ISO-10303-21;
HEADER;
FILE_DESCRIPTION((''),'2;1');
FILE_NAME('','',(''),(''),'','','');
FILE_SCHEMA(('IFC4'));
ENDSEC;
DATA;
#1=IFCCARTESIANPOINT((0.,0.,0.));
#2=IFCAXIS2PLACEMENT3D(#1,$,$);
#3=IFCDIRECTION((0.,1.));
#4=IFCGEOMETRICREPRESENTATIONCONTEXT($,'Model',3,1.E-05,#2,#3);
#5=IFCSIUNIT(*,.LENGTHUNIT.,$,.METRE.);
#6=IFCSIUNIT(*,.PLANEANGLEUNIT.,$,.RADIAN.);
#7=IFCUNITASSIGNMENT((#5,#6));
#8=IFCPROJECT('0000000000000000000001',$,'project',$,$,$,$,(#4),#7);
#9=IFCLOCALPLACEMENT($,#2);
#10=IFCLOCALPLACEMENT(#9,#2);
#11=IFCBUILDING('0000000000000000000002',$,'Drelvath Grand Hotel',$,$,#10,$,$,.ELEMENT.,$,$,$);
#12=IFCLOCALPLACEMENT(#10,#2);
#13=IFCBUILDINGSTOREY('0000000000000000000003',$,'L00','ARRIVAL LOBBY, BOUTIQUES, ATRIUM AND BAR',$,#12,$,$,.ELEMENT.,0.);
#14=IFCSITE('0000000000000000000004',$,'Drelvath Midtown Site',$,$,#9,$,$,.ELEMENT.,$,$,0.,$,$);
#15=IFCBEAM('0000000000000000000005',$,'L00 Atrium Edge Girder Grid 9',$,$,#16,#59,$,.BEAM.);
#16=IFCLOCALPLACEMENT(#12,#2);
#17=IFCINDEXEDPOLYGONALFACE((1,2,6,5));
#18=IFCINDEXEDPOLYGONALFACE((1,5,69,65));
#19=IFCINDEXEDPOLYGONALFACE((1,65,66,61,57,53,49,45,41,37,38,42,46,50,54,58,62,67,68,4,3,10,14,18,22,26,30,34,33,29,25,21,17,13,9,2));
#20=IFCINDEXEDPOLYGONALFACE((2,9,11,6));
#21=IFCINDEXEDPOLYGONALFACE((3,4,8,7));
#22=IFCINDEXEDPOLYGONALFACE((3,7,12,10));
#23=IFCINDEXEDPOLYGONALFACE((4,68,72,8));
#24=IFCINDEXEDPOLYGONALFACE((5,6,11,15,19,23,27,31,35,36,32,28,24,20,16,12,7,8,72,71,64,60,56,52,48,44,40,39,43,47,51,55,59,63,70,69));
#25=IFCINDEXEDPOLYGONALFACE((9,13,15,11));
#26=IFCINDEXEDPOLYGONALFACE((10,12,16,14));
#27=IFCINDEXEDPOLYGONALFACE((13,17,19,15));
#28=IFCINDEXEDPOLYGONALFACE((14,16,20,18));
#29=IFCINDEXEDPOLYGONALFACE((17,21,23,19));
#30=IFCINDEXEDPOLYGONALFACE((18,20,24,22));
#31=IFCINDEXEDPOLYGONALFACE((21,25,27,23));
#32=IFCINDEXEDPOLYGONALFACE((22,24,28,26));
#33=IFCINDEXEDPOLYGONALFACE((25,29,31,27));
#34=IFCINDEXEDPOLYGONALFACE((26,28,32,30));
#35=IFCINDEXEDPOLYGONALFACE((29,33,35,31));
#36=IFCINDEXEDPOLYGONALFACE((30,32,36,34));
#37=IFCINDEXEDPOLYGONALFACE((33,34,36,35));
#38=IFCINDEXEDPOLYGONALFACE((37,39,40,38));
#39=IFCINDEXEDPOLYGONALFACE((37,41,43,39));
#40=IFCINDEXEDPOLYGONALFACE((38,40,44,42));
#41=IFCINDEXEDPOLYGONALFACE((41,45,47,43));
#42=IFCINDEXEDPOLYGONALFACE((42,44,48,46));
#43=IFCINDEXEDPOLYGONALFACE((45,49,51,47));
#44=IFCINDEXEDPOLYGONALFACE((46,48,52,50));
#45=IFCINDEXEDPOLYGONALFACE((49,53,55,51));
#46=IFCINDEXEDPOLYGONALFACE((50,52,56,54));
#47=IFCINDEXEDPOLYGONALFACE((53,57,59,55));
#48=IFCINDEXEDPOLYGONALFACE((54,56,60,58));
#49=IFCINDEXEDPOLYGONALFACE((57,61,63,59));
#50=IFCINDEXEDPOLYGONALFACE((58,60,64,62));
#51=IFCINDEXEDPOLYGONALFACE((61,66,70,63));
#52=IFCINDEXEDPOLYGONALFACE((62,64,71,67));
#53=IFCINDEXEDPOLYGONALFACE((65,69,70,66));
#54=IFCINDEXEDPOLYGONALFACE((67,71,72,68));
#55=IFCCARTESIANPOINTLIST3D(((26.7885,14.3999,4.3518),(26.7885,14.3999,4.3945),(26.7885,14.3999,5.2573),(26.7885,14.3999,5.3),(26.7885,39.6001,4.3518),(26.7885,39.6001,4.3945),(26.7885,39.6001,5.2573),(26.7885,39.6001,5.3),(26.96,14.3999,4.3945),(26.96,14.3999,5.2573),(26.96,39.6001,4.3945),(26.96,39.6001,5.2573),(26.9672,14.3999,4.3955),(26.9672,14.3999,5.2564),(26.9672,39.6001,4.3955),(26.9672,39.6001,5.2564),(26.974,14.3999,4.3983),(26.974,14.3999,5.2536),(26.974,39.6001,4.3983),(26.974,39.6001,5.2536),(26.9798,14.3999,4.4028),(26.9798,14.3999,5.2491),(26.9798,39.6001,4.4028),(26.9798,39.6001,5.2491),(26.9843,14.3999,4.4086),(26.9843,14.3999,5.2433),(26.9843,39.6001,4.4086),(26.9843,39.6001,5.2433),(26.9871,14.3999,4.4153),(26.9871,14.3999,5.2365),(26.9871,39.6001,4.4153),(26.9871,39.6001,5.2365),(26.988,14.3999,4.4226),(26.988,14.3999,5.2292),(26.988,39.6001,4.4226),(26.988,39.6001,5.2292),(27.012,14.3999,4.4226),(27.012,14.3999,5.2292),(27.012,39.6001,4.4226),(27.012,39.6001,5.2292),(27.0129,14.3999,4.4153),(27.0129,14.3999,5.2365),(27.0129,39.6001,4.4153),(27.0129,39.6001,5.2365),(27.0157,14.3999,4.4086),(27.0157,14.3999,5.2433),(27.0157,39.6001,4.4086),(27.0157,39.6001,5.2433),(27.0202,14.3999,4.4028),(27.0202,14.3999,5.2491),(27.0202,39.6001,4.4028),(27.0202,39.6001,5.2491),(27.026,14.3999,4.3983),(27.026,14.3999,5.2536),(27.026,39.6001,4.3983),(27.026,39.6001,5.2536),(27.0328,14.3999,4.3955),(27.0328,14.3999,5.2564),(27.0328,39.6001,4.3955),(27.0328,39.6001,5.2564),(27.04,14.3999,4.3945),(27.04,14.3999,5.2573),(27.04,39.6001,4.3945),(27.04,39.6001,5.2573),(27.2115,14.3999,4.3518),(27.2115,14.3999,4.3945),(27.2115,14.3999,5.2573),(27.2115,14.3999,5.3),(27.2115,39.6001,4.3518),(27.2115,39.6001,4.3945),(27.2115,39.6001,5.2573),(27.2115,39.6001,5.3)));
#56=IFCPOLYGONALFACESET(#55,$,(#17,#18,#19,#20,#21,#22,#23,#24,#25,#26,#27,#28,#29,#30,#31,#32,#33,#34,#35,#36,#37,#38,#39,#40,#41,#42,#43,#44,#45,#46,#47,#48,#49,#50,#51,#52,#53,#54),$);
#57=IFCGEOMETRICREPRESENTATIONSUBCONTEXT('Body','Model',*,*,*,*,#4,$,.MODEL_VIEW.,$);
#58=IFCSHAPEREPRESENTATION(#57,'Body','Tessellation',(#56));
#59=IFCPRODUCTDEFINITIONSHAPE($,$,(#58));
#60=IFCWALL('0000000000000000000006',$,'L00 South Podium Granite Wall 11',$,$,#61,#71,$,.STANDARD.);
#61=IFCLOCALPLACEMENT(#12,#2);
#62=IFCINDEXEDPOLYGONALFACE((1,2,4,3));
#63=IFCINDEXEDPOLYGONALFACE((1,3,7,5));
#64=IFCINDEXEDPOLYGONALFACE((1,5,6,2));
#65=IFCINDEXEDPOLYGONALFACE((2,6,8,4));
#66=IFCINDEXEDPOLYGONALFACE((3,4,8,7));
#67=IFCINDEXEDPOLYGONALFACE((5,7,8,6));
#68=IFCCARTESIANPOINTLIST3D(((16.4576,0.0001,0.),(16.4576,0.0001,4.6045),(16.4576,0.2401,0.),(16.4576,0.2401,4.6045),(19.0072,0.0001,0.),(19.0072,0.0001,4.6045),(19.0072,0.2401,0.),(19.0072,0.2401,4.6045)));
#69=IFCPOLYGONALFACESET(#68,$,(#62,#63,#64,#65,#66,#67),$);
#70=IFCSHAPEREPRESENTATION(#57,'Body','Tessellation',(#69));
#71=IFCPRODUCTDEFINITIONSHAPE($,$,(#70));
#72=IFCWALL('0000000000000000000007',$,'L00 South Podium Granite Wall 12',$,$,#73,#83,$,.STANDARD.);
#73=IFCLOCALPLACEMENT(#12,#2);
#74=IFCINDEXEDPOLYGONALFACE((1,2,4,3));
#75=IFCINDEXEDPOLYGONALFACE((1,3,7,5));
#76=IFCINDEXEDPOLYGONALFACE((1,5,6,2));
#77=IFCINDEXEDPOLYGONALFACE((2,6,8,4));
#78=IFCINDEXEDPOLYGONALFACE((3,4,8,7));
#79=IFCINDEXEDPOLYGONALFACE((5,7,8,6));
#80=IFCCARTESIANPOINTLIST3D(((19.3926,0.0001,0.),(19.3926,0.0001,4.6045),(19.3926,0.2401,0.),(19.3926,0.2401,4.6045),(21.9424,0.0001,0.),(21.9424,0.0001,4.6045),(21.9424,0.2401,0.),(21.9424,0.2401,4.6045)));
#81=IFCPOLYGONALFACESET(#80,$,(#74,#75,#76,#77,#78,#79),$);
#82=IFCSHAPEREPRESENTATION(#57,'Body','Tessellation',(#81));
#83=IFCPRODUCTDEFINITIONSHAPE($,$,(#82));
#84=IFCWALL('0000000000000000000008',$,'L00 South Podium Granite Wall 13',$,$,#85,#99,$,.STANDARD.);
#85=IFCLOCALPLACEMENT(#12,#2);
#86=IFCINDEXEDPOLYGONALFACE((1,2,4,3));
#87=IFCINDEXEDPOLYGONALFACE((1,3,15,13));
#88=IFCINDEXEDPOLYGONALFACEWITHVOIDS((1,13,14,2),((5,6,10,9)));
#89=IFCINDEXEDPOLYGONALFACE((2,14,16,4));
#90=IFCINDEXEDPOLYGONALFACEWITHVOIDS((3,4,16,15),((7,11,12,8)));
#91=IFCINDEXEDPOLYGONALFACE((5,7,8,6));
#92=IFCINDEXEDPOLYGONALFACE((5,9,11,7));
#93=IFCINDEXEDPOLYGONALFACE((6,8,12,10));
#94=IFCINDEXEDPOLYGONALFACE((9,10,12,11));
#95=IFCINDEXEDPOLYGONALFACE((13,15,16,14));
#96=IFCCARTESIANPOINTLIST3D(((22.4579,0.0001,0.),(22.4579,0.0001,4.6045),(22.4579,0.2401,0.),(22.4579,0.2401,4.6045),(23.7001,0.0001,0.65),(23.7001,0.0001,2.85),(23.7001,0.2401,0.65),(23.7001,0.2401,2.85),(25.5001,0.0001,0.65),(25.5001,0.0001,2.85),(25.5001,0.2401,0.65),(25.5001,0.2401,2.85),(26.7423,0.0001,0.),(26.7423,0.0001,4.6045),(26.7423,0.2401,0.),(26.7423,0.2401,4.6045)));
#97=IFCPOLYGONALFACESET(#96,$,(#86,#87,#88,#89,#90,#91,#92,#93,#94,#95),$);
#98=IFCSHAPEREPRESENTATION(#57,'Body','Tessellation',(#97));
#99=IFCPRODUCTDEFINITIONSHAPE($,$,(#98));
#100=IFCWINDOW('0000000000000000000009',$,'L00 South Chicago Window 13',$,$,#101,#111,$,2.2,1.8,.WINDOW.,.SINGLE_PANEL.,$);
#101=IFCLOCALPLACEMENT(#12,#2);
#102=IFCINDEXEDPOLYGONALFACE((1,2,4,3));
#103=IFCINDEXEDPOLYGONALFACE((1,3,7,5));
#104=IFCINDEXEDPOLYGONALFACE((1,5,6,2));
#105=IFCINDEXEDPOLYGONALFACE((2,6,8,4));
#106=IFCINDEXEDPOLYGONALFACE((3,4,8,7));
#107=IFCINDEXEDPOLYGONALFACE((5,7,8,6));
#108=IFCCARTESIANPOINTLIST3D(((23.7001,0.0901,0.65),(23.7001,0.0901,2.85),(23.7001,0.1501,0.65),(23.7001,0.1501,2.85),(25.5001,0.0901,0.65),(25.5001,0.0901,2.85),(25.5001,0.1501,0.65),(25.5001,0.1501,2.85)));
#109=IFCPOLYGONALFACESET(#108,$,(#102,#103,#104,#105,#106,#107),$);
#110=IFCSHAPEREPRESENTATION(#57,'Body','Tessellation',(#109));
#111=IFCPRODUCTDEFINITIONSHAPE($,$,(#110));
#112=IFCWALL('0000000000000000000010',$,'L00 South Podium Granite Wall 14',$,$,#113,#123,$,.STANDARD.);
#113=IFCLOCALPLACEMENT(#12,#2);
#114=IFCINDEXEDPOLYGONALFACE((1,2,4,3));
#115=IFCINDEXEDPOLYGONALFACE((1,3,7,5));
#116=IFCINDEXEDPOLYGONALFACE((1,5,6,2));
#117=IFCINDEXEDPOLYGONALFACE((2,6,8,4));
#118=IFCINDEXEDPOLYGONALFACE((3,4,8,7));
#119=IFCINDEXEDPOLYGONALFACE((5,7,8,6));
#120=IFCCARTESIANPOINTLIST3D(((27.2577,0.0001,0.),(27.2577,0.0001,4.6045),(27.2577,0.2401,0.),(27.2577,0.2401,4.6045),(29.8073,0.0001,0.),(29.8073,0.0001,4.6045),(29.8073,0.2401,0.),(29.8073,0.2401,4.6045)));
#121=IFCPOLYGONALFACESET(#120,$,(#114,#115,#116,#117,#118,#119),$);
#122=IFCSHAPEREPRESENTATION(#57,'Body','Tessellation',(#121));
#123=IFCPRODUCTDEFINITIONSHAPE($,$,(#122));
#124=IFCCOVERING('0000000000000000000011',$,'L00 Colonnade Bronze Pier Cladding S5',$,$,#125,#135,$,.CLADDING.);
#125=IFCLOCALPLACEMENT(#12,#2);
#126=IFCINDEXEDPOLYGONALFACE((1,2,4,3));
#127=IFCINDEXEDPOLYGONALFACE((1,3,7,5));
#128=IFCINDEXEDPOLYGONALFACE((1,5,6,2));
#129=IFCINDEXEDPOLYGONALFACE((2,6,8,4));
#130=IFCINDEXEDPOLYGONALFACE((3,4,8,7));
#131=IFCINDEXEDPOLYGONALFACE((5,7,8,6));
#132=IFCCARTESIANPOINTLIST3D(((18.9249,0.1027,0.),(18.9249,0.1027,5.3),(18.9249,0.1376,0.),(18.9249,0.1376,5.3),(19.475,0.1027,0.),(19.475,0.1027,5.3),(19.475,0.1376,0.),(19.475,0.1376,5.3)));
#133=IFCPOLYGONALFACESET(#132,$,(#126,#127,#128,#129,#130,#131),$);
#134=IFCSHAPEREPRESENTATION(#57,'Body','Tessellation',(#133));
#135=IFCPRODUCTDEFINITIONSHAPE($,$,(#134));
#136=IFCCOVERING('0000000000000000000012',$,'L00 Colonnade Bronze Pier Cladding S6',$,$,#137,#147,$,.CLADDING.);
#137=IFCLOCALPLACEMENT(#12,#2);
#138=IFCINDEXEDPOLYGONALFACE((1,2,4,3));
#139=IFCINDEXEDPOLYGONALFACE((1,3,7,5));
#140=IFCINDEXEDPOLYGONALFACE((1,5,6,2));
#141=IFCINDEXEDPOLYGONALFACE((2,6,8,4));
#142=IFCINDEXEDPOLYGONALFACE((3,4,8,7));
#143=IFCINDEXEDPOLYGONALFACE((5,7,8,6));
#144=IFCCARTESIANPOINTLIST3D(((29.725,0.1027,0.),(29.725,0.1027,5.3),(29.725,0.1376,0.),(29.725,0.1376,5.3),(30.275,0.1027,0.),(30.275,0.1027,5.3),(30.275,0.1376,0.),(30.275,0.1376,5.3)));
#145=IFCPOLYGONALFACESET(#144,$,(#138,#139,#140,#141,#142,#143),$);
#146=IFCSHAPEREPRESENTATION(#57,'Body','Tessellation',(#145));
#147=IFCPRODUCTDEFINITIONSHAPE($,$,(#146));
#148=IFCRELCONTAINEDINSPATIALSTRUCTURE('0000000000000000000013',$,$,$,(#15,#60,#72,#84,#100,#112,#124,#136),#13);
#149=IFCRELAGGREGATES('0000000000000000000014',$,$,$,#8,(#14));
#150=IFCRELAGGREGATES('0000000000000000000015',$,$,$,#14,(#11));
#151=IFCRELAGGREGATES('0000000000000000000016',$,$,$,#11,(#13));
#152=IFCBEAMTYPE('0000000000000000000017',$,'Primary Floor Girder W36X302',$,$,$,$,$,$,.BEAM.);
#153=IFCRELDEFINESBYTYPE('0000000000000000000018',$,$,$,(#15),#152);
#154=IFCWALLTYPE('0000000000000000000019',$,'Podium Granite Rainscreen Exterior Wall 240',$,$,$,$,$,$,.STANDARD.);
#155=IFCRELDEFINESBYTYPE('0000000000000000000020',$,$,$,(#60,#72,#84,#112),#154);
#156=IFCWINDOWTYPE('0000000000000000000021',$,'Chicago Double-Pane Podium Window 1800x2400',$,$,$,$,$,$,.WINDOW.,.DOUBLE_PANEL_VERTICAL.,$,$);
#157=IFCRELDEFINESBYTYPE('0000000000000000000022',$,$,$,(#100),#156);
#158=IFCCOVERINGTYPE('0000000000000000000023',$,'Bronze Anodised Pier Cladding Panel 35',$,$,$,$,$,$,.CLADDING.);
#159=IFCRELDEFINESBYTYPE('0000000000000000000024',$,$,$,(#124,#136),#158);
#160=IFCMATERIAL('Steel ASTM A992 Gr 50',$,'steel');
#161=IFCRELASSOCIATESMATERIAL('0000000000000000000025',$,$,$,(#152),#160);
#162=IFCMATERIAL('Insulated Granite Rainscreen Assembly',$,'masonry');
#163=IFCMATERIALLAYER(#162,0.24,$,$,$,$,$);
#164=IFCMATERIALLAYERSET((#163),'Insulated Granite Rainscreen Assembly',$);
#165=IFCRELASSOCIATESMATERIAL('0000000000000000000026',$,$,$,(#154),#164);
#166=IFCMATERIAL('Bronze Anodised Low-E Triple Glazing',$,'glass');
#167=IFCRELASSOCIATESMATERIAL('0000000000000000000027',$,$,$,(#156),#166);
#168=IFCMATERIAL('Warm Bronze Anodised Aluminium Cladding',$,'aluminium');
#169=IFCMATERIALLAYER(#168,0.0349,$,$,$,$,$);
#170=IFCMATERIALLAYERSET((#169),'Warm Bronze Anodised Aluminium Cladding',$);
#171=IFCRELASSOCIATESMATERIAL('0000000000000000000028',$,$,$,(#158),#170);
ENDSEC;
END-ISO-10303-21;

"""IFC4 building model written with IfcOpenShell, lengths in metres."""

from ifc_helpers import new_model, si_unit, direction, frame, frame_2d, origin, origin_2d, place, context, subcontext, project, spatial, rectangle, i_section, extrude, material, layer, layer_set, material_profile, profile_set, type_object, element, fill, save


model = new_model("IFC4")

# Units and contexts
model_context = context("Model", 3, precision=1e-05, world=origin(), true_north=direction((0.0, 1.0)))
body_context = subcontext(model_context, "Body", "Model", "MODEL_VIEW")
ifc_project = project(units=[si_unit("LENGTHUNIT", "METRE"), si_unit("PLANEANGLEUNIT", "RADIAN")], contexts=[model_context])

# Site, building, storey
site_placement = place(None, origin())
site = spatial("IfcSite", under=ifc_project, at=site_placement, Name="Drelvath Midtown Site", CompositionType="ELEMENT", RefElevation=0.0)
building_placement = place(site_placement, origin())
building = spatial("IfcBuilding", under=site, at=building_placement, Name="Drelvath Grand Hotel", CompositionType="ELEMENT")
storey_placement = place(building_placement, origin())
storey = spatial("IfcBuildingStorey", under=building, at=storey_placement, Name="L00", Description="ARRIVAL LOBBY, BOUTIQUES, ATRIUM AND BAR", CompositionType="ELEMENT", Elevation=0.0)

# Beam
ifc_material_1 = material(Name="Steel ASTM A992 Gr 50", Category="steel")
ifc_material_profile_1 = material_profile(ifc_material_1, i_section(OverallWidth=0.4231, OverallDepth=0.9482, WebThickness=0.0239, FlangeThickness=0.0427, FilletRadius=0.0281, at=origin_2d()), Name="W36X302")
ifc_profile_set_1 = profile_set([ifc_material_profile_1], Name="Steel ASTM A992 Gr 50")
beam_type_1 = type_object("IfcBeamType", Name="Primary Floor Girder W36X302", PredefinedType="BEAM", material=ifc_profile_set_1)
beam_1_placement = place(storey_placement, frame((27.0, 14.3999, 4.8259), z_axis=(0.0, 1.0, 0.0), x_axis=(-1.0, 0.0, 0.0)))
element("IfcBeam", 1, at=beam_1_placement, inside=storey, type_object=beam_type_1, Name="L00 Atrium Edge Girder Grid 9", PredefinedType="BEAM", context=body_context, shape_type="SweptSolid", body=[
    extrude(i_section(OverallWidth=0.4231, OverallDepth=0.9482, WebThickness=0.0239, FlangeThickness=0.0427, FilletRadius=0.0281, at=origin_2d()), origin(), (0.0, 0.0, 1.0), 25.2002),
])

# Walls
ifc_material_2 = material(Name="Insulated Granite Rainscreen Assembly", Category="masonry")
ifc_layer_1 = layer(ifc_material_2, 0.24)
ifc_layer_set_1 = layer_set([ifc_layer_1], Name="Insulated Granite Rainscreen Assembly")
wall_type = type_object("IfcWallType", Name="Podium Granite Rainscreen Exterior Wall 240", PredefinedType="STANDARD", material=ifc_layer_set_1)
wall_1_placement = place(storey_placement, frame((19.0073, 0.1201, 0.0), z_axis=(0.0, 0.0, 1.0), x_axis=(-1.0, 0.0, 0.0)))
element("IfcWall", 2, at=wall_1_placement, inside=storey, type_object=wall_type, Name="L00 South Podium Granite Wall 11", PredefinedType="STANDARD", context=body_context, shape_type="SweptSolid", body=[
    extrude(rectangle(XDim=2.5496, YDim=0.24, at=frame_2d((1.2749, 0.0))), origin(), (0.0, 0.0, 1.0), 4.6045),
])
wall_2_placement = place(storey_placement, frame((21.9424, 0.1201, 0.0), z_axis=(0.0, 0.0, 1.0), x_axis=(-1.0, 0.0, 0.0)))
element("IfcWall", 3, at=wall_2_placement, inside=storey, type_object=wall_type, Name="L00 South Podium Granite Wall 12", PredefinedType="STANDARD", context=body_context, shape_type="SweptSolid", body=[
    extrude(rectangle(XDim=2.5498, YDim=0.24, at=frame_2d((1.2749, 0.0))), origin(), (0.0, 0.0, 1.0), 4.6045),
])

# Wall, opening, window
wall_3_placement = place(storey_placement, frame((26.7422, 0.1201, 0.0), z_axis=(0.0, 0.0, 1.0), x_axis=(-1.0, 0.0, 0.0)))
wall_3 = element("IfcWall", 4, at=wall_3_placement, inside=storey, type_object=wall_type, Name="L00 South Podium Granite Wall 13", PredefinedType="STANDARD", context=body_context, shape_type="SweptSolid", body=[
    extrude(rectangle(XDim=4.2844, YDim=0.24, at=frame_2d((2.1421, 0.0))), origin(), (0.0, 0.0, 1.0), 4.6045),
])
opening_placement = place(wall_3_placement, frame((1.2422, 0.0, 0.6499)))
opening = element("IfcOpeningElement", 5, at=opening_placement, cuts=wall_3, PredefinedType="OPENING", context=body_context, shape_type="SweptSolid", body=[
    extrude(rectangle(XDim=1.8, YDim=2.2, at=frame_2d((0.8999, 1.1001))), frame((0.0, 0.1299, 0.0), z_axis=(0.0, -1.0, 0.0), x_axis=(1.0, 0.0, 0.0)), (0.0, 0.0, 1.0), 0.26),
])
ifc_material_3 = material(Name="Bronze Anodised Low-E Triple Glazing", Category="glass")
window_type = type_object("IfcWindowType", Name="Chicago Double-Pane Podium Window 1800x2400", PartitioningType="DOUBLE_PANEL_VERTICAL", PredefinedType="WINDOW", material=ifc_material_3)
window_placement = place(opening_placement, origin())
window = element("IfcWindow", 6, at=window_placement, inside=storey, type_object=window_type, Name="L00 South Chicago Window 13", OverallHeight=2.2, OverallWidth=1.8, PartitioningType="SINGLE_PANEL", PredefinedType="WINDOW", context=body_context, shape_type="SweptSolid", body=[
    extrude(rectangle(XDim=1.8, YDim=2.2, at=frame_2d((0.8999, 1.1001))), frame((0.0, 0.03, 0.0), z_axis=(0.0, -1.0, 0.0), x_axis=(1.0, 0.0, 0.0)), (0.0, 0.0, 1.0), 0.0601),
])
fill(opening, window)

# Wall
wall_4_placement = place(storey_placement, frame((29.8074, 0.1201, 0.0), z_axis=(0.0, 0.0, 1.0), x_axis=(-1.0, 0.0, 0.0)))
element("IfcWall", 7, at=wall_4_placement, inside=storey, type_object=wall_type, Name="L00 South Podium Granite Wall 14", PredefinedType="STANDARD", context=body_context, shape_type="SweptSolid", body=[
    extrude(rectangle(XDim=2.5496, YDim=0.24, at=frame_2d((1.2749, 0.0))), origin(), (0.0, 0.0, 1.0), 4.6045),
])

# Coverings
ifc_material_4 = material(Name="Warm Bronze Anodised Aluminium Cladding", Category="aluminium")
ifc_layer_2 = layer(ifc_material_4, 0.0349)
ifc_layer_set_2 = layer_set([ifc_layer_2], Name="Warm Bronze Anodised Aluminium Cladding")
covering_type = type_object("IfcCoveringType", Name="Bronze Anodised Pier Cladding Panel 35", PredefinedType="CLADDING", material=ifc_layer_set_2)
for number, where, z_axis, x_axis, name in (
    (8, (19.2, 0.1201, 0.0), (0.0, 0.0, 1.0), (1.0, 0.0, 0.0), "L00 Colonnade Bronze Pier Cladding S5"),
    (9, (30.0, 0.1201, 0.0), (0.0, 0.0, 1.0), (1.0, 0.0, 0.0), "L00 Colonnade Bronze Pier Cladding S6"),
):
    element("IfcCovering", number, at=place(storey_placement, frame(where, z_axis=z_axis, x_axis=x_axis)), inside=storey, type_object=covering_type, Name=name, PredefinedType="CLADDING", context=body_context, shape_type="SweptSolid", body=[
        extrude(rectangle(XDim=0.55, YDim=0.0349, at=origin_2d()), origin(), (0.0, 0.0, 1.0), 5.3),
    ])

save(model, "model.ifc")
